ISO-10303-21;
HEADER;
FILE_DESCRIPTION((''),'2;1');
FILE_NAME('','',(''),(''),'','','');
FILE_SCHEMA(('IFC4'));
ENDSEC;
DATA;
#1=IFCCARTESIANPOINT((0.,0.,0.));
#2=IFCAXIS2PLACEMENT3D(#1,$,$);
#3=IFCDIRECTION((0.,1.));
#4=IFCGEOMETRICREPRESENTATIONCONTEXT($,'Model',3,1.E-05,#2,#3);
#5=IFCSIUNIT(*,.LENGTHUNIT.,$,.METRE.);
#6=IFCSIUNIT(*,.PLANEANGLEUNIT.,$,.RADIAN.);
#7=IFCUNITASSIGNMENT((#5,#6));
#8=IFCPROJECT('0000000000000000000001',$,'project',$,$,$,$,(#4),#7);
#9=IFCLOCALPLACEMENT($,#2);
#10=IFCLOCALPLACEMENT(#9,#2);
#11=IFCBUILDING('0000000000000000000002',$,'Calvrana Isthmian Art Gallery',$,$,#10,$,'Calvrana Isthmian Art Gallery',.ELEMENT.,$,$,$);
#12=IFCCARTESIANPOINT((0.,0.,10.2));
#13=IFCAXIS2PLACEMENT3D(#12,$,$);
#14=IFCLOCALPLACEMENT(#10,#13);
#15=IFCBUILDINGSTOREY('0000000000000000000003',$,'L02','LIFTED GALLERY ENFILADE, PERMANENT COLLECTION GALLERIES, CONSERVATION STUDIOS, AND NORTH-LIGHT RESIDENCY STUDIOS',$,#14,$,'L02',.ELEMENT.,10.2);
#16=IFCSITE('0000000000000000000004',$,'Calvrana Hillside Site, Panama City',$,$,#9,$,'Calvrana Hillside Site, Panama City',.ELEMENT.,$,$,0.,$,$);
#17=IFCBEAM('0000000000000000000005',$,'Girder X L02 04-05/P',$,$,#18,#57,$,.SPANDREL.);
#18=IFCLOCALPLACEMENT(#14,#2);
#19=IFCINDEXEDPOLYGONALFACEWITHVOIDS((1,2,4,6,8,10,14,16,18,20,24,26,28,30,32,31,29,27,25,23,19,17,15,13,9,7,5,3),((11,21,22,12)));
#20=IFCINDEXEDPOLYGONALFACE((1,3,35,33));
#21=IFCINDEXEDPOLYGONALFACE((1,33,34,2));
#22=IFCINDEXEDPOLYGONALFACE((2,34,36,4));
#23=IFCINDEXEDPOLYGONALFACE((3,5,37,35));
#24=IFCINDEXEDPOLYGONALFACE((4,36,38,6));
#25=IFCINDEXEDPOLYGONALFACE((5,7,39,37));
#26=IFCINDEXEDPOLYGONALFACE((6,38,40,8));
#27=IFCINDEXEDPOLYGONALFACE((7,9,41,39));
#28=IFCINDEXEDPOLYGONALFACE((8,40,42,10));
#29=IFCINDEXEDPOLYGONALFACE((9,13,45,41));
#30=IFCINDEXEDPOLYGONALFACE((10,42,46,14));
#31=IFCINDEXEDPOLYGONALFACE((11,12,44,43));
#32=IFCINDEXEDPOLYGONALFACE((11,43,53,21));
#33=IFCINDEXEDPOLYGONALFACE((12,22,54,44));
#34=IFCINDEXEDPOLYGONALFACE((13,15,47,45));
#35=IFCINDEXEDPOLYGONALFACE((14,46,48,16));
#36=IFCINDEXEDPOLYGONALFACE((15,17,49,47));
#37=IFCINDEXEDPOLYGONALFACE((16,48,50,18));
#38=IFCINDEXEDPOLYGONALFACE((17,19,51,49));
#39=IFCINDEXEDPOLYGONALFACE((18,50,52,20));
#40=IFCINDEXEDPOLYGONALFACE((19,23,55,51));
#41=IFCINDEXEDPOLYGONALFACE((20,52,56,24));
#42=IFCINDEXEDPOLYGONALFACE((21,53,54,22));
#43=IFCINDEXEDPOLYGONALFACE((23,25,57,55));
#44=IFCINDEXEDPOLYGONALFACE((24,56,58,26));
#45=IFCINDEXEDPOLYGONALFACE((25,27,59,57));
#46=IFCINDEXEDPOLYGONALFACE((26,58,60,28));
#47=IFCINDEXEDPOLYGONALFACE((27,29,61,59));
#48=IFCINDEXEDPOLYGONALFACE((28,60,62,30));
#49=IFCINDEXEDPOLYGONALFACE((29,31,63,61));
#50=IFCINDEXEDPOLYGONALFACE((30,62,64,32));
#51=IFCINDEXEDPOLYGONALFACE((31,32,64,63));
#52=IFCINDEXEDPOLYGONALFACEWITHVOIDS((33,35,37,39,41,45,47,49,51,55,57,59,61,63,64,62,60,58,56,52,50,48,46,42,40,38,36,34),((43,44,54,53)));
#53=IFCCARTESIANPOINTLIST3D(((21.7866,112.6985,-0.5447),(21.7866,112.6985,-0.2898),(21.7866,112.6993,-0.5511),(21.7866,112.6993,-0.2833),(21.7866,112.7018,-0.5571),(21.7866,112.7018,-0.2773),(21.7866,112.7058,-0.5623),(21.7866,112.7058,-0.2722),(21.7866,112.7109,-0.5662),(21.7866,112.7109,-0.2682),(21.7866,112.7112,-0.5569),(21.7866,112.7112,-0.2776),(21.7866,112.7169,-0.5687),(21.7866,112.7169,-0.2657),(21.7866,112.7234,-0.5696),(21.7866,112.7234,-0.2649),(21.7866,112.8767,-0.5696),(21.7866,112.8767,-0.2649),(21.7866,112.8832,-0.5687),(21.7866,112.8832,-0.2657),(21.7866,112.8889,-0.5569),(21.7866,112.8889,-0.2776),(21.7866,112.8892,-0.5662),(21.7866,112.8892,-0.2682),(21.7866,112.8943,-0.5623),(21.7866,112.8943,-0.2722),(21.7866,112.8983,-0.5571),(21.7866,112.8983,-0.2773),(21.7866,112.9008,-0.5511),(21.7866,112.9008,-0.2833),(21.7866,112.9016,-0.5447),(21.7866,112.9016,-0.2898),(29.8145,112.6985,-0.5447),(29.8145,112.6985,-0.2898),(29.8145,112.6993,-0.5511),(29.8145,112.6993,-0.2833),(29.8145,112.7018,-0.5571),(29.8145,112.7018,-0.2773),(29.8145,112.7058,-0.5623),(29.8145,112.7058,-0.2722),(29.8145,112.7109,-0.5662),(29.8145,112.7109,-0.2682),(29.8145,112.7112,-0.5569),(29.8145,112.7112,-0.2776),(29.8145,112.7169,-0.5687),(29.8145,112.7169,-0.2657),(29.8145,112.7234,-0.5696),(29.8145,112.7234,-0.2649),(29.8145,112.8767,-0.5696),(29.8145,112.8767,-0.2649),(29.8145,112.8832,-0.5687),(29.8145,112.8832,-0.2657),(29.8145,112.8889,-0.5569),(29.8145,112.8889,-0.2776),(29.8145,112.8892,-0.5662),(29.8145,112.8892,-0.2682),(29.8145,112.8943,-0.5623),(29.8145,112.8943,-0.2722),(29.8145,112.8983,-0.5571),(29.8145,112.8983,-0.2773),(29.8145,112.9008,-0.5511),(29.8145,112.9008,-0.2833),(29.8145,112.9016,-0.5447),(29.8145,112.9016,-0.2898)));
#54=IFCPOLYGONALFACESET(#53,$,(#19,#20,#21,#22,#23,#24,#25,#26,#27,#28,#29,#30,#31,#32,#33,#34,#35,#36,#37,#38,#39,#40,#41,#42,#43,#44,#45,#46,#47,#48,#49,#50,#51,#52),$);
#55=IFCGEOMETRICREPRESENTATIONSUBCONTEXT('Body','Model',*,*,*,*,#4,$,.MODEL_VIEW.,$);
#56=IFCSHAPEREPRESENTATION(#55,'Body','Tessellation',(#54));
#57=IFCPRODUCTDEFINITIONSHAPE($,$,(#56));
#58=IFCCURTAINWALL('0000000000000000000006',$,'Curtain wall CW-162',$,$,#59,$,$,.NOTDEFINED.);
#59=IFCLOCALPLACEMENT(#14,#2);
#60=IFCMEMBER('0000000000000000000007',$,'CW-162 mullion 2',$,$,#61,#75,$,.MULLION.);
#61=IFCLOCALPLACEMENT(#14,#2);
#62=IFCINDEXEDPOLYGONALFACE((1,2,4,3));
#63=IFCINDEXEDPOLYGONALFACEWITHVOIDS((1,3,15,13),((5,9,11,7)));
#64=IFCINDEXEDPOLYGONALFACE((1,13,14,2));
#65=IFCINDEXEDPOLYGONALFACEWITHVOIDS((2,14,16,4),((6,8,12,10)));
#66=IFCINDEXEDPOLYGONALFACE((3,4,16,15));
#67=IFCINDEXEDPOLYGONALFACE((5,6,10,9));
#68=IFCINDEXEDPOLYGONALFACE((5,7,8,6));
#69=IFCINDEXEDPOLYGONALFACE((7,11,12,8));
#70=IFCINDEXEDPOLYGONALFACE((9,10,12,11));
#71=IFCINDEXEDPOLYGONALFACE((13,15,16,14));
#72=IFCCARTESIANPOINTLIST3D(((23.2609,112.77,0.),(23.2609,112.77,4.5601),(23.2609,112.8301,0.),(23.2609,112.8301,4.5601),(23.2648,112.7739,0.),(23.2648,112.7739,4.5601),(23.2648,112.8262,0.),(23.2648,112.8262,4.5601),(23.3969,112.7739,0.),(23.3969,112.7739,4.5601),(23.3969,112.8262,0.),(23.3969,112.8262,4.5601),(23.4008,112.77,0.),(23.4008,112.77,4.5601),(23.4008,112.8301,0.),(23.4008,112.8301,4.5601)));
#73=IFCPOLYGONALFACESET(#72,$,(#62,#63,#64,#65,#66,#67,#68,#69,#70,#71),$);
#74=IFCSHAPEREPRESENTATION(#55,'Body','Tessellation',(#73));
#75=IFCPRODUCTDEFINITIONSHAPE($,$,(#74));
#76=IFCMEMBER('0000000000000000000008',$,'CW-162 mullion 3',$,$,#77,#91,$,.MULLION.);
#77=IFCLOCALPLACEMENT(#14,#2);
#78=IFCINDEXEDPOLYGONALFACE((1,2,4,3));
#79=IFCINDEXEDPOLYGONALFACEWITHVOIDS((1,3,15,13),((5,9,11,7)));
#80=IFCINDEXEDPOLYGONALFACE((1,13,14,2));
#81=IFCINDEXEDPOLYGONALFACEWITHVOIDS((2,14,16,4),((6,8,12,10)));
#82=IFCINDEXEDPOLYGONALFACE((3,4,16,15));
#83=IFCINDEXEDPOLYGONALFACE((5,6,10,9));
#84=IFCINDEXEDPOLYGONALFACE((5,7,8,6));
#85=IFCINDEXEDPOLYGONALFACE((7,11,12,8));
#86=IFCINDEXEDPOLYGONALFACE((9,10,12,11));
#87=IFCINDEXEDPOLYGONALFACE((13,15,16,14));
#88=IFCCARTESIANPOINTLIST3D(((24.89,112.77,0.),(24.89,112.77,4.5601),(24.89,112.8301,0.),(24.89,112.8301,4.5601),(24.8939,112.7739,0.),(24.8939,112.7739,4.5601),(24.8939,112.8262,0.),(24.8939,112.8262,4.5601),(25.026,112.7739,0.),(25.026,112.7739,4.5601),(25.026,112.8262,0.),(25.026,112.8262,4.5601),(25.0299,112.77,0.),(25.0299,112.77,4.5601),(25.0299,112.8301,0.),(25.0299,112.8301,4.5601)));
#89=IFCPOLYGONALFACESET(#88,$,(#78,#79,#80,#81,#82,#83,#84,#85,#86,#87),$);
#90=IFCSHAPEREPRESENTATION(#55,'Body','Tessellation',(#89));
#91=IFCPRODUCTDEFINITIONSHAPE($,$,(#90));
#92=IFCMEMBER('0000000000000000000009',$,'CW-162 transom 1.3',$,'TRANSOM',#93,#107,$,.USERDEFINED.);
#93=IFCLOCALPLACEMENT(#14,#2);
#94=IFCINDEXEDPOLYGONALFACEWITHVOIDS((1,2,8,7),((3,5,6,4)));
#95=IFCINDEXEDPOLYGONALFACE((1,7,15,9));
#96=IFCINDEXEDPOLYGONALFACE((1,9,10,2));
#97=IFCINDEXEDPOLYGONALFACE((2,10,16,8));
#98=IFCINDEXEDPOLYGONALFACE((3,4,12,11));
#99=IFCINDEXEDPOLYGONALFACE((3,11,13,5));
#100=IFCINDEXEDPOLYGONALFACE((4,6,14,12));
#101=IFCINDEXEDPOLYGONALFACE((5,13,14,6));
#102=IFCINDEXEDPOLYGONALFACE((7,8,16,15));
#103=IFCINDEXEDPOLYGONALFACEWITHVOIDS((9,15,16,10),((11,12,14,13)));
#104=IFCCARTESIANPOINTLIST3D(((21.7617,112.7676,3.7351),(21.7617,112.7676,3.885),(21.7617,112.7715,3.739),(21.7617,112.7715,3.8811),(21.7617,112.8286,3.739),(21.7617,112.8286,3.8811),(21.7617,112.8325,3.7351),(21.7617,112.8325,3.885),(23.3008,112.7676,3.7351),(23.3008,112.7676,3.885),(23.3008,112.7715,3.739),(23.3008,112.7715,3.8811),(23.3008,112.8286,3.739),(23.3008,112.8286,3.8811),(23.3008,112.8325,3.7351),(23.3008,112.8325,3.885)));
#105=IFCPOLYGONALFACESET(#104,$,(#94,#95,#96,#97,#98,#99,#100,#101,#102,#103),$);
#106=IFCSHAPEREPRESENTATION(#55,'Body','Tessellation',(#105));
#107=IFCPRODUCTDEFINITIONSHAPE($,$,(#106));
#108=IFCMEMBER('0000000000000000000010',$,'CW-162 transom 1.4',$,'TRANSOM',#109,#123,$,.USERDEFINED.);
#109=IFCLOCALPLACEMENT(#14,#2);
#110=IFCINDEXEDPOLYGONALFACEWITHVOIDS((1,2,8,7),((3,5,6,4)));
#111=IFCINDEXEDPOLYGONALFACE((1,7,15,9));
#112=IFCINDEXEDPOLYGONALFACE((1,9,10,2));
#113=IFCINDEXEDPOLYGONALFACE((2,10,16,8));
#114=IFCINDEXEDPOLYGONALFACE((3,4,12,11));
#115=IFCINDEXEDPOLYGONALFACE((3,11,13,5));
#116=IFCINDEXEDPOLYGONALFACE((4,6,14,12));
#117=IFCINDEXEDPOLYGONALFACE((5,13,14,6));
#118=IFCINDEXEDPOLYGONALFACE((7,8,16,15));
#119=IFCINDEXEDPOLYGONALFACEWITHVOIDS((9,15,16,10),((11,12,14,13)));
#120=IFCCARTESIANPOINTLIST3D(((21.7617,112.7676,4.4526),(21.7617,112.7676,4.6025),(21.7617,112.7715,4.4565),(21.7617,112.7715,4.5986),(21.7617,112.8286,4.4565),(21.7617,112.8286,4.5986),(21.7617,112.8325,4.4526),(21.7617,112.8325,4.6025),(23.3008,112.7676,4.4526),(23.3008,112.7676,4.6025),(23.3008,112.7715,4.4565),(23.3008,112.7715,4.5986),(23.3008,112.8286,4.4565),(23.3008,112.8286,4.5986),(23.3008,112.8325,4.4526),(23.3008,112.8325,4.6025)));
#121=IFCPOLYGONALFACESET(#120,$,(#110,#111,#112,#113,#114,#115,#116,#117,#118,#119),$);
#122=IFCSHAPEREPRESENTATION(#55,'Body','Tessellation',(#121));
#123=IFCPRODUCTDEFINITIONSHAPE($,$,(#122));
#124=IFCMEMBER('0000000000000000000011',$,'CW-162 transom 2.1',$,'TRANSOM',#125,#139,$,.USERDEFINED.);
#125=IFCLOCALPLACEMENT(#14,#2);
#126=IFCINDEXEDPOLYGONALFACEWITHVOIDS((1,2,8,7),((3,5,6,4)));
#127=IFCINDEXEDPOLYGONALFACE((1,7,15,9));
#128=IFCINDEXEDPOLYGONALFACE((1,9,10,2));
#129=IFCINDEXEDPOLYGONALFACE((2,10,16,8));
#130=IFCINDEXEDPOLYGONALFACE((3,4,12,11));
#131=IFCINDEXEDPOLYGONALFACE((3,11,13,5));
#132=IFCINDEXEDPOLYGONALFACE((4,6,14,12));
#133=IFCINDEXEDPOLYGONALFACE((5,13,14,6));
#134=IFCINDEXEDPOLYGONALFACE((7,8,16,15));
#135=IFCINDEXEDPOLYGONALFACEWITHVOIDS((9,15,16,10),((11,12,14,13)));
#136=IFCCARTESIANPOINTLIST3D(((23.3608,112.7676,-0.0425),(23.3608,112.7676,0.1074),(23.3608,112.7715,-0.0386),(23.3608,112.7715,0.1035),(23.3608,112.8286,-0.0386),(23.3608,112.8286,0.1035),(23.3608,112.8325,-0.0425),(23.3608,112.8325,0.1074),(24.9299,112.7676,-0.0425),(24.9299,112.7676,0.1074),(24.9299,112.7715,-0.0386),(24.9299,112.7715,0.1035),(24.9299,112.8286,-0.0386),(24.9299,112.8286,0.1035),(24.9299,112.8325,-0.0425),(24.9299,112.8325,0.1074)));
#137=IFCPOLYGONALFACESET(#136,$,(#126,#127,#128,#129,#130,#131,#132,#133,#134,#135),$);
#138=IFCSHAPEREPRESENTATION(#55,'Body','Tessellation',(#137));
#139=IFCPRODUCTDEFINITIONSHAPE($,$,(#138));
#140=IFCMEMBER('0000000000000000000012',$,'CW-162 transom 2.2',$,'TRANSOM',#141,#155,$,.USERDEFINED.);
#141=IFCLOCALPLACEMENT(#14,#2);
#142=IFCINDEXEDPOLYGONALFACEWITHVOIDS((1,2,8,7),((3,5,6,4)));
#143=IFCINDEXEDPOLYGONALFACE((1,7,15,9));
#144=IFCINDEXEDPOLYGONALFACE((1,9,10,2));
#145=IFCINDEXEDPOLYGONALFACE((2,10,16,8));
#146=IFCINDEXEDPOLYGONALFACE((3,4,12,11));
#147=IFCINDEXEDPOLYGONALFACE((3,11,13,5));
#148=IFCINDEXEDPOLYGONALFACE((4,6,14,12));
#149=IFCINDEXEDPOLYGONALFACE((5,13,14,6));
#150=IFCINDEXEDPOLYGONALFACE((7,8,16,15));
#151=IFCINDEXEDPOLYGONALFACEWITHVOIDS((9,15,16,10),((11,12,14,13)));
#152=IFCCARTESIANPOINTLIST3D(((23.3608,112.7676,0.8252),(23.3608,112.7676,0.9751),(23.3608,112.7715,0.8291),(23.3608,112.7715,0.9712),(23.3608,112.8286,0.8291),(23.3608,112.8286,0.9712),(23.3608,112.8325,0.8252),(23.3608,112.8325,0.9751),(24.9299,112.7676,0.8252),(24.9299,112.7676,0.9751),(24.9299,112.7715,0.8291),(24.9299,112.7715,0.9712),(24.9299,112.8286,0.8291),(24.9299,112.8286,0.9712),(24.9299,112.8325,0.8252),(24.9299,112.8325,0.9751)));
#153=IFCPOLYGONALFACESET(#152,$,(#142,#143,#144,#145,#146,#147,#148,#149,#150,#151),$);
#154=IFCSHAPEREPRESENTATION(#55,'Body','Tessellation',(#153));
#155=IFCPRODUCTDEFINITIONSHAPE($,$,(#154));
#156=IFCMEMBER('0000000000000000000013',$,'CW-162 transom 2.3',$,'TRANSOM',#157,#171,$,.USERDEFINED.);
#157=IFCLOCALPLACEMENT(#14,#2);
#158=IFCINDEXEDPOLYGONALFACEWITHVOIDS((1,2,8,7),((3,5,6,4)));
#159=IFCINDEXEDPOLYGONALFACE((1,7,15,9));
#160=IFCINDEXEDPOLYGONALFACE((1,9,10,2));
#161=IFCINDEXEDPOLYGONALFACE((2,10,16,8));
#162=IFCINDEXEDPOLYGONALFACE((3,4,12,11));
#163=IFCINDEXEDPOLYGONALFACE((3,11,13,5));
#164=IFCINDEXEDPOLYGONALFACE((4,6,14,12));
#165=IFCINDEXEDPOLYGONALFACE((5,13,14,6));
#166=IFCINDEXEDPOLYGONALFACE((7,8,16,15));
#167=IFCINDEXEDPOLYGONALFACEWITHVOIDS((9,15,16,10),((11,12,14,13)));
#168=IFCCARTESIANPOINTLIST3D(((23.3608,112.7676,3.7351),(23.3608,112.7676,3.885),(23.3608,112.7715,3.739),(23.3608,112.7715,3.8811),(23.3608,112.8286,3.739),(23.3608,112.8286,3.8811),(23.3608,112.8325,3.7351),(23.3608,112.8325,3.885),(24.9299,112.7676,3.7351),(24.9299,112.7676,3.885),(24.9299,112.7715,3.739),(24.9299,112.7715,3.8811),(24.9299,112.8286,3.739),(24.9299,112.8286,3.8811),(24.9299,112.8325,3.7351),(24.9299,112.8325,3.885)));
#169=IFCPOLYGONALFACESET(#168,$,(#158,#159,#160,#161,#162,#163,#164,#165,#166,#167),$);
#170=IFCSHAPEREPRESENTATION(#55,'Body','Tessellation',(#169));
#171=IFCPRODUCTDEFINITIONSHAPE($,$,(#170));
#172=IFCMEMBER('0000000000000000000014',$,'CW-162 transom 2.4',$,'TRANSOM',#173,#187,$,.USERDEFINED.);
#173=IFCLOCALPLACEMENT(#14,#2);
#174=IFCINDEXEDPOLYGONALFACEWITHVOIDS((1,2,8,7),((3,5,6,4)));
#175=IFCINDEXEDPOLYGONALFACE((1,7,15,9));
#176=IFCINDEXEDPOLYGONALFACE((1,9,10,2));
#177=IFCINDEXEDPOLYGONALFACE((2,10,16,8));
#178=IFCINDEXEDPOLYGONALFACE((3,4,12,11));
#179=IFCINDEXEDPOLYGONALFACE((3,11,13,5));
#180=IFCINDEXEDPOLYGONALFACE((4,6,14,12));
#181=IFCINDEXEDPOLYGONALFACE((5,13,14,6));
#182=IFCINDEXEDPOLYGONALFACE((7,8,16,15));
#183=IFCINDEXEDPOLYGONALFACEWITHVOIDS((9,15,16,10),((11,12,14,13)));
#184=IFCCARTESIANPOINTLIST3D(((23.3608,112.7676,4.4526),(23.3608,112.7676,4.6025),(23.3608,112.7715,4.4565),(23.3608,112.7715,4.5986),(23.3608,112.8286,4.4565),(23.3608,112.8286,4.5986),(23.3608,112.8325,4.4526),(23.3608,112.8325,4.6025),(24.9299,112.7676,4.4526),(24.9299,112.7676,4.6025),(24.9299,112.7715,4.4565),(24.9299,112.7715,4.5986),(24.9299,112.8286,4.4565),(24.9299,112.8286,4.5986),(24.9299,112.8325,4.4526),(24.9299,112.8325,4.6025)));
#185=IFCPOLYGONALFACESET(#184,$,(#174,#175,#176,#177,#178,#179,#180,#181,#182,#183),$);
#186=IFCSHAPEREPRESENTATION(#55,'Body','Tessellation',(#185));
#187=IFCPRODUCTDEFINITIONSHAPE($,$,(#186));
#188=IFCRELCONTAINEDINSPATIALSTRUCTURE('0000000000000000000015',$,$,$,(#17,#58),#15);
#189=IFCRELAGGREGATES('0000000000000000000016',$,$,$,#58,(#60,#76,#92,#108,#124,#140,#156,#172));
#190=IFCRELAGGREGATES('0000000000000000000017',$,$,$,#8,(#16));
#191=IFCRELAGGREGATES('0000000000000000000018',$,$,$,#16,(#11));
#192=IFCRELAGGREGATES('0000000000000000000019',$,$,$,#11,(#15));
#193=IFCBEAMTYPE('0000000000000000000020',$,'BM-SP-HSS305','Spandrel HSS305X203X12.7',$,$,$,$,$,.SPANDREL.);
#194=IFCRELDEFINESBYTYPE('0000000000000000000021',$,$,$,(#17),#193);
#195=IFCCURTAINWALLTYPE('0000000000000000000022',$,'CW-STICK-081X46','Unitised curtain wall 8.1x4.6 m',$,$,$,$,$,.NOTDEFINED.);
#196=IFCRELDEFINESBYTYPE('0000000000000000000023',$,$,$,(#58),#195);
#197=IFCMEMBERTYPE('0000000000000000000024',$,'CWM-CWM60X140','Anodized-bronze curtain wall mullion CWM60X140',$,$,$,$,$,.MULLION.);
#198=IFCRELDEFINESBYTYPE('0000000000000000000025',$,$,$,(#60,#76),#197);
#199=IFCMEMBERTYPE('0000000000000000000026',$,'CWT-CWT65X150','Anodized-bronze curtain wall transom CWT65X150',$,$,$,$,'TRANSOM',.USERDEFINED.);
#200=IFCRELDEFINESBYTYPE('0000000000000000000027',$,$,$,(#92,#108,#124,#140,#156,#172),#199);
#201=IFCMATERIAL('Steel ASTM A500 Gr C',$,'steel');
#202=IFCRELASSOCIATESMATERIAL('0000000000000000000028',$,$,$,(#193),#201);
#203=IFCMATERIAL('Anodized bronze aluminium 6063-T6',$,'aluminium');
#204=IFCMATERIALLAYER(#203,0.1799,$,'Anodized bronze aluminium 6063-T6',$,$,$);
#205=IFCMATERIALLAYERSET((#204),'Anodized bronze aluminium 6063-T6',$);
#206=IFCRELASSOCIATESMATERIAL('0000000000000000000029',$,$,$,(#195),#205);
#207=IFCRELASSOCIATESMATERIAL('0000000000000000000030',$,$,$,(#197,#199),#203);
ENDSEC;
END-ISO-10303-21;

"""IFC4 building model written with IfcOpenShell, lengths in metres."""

from ifc_helpers import new_model, si_unit, direction, frame, origin, origin_2d, place, context, subcontext, project, spatial, hollow_rectangle, extrude, material, layer, layer_set, material_profile, profile_set, type_object, element, aggregate, save


model = new_model("IFC4")

# Units and contexts
model_context = context("Model", 3, precision=1e-05, world=origin(), true_north=direction((0.0, 1.0)))
body_context = subcontext(model_context, "Body", "Model", "MODEL_VIEW")
ifc_project = project(units=[si_unit("LENGTHUNIT", "METRE"), si_unit("PLANEANGLEUNIT", "RADIAN")], contexts=[model_context])

# Site, building, storey
site_placement = place(None, origin())
site = spatial("IfcSite", under=ifc_project, at=site_placement, Name="Calvrana Hillside Site, Panama City", LongName="Calvrana Hillside Site, Panama City", CompositionType="ELEMENT", RefElevation=0.0)
building_placement = place(site_placement, origin())
building = spatial("IfcBuilding", under=site, at=building_placement, Name="Calvrana Isthmian Art Gallery", LongName="Calvrana Isthmian Art Gallery", CompositionType="ELEMENT")
storey_placement = place(building_placement, frame((0.0, 0.0, 10.2)))
storey = spatial("IfcBuildingStorey", under=building, at=storey_placement, Name="L02", Description="LIFTED GALLERY ENFILADE, PERMANENT COLLECTION GALLERIES, CONSERVATION STUDIOS, AND NORTH-LIGHT RESIDENCY STUDIOS", LongName="L02", CompositionType="ELEMENT", Elevation=10.2)

# Beam
ifc_material_1 = material(Name="Steel ASTM A500 Gr C", Category="steel")
ifc_material_profile_1 = material_profile(ifc_material_1, hollow_rectangle(XDim=0.2031, YDim=0.3047, WallThickness=0.0127, OuterFilletRadius=0.0249, at=origin_2d()), Name="HSS305X203X12.7")
ifc_profile_set_1 = profile_set([ifc_material_profile_1], Name="Steel ASTM A500 Gr C")
beam_type = type_object("IfcBeamType", Name="BM-SP-HSS305", Description="Spandrel HSS305X203X12.7", PredefinedType="SPANDREL", material=ifc_profile_set_1)
beam_placement = place(storey_placement, frame((21.7866, 112.8, -0.4172), z_axis=(1.0, 0.0, 0.0), x_axis=(0.0, 1.0, 0.0)))
element("IfcBeam", 1, at=beam_placement, inside=storey, type_object=beam_type, Name="Girder X L02 04-05/P", PredefinedType="SPANDREL", context=body_context, shape_type="SweptSolid", body=[
    extrude(hollow_rectangle(XDim=0.2031, YDim=0.3047, WallThickness=0.0127, OuterFilletRadius=0.0249, at=origin_2d()), origin(), (0.0, 0.0, 1.0), 8.0278),
])

# Curtain wall, members
ifc_material_2 = material(Name="Anodized bronze aluminium 6063-T6", Category="aluminium")
ifc_layer_1 = layer(ifc_material_2, 0.1799, Name="Anodized bronze aluminium 6063-T6")
ifc_layer_set_1 = layer_set([ifc_layer_1], Name="Anodized bronze aluminium 6063-T6")
curtain_wall_type = type_object("IfcCurtainWallType", Name="CW-STICK-081X46", Description="Unitised curtain wall 8.1x4.6 m", PredefinedType="NOTDEFINED", material=ifc_layer_set_1)
curtain_wall_placement = place(storey_placement, origin())
curtain_wall = element("IfcCurtainWall", 2, at=curtain_wall_placement, inside=storey, type_object=curtain_wall_type, Name="Curtain wall CW-162", PredefinedType="NOTDEFINED")
ifc_material_profile_2 = material_profile(ifc_material_2, hollow_rectangle(XDim=0.0601, YDim=0.1399, WallThickness=0.0039, at=origin_2d()), Name="CWM60X140")
ifc_profile_set_2 = profile_set([ifc_material_profile_2], Name="Anodized bronze aluminium 6063-T6")
member_type_1 = type_object("IfcMemberType", Name="CWM-CWM60X140", Description="Anodized-bronze curtain wall mullion CWM60X140", PredefinedType="MULLION", material=ifc_profile_set_2)
member_1_placement = place(storey_placement, frame((23.3308, 112.8, 0.0), z_axis=(0.0, 0.0, 1.0), x_axis=(0.0, 1.0, 0.0)))
member_1 = element("IfcMember", 3, at=member_1_placement, type_object=member_type_1, Name="CW-162 mullion 2", PredefinedType="MULLION", context=body_context, shape_type="SweptSolid", body=[
    extrude(hollow_rectangle(XDim=0.0601, YDim=0.1399, WallThickness=0.0039, at=origin_2d()), origin(), (0.0, 0.0, 1.0), 4.5601),
])
member_2_placement = place(storey_placement, frame((24.96, 112.8, 0.0), z_axis=(0.0, 0.0, 1.0), x_axis=(0.0, 1.0, 0.0)))
member_2 = element("IfcMember", 4, at=member_2_placement, type_object=member_type_1, Name="CW-162 mullion 3", PredefinedType="MULLION", context=body_context, shape_type="SweptSolid", body=[
    extrude(hollow_rectangle(XDim=0.0601, YDim=0.1399, WallThickness=0.0039, at=origin_2d()), origin(), (0.0, 0.0, 1.0), 4.5601),
])
ifc_material_profile_3 = material_profile(ifc_material_2, hollow_rectangle(XDim=0.0649, YDim=0.1499, WallThickness=0.0039, at=origin_2d()), Name="CWT65X150")
ifc_profile_set_3 = profile_set([ifc_material_profile_3], Name="Anodized bronze aluminium 6063-T6")
member_type_2 = type_object("IfcMemberType", Name="CWT-CWT65X150", Description="Anodized-bronze curtain wall transom CWT65X150", ElementType="TRANSOM", PredefinedType="USERDEFINED", material=ifc_profile_set_3)
member_3_placement = place(storey_placement, frame((21.7617, 112.8, 3.8101), z_axis=(1.0, 0.0, 0.0), x_axis=(0.0, 1.0, 0.0)))
member_3 = element("IfcMember", 5, at=member_3_placement, type_object=member_type_2, Name="CW-162 transom 1.3", ObjectType="TRANSOM", PredefinedType="USERDEFINED", context=body_context, shape_type="SweptSolid", body=[
    extrude(hollow_rectangle(XDim=0.0649, YDim=0.1499, WallThickness=0.0039, at=origin_2d()), origin(), (0.0, 0.0, 1.0), 1.5391),
])
member_4_placement = place(storey_placement, frame((21.7617, 112.8, 4.5276), z_axis=(1.0, 0.0, 0.0), x_axis=(0.0, 1.0, 0.0)))
member_4 = element("IfcMember", 6, at=member_4_placement, type_object=member_type_2, Name="CW-162 transom 1.4", ObjectType="TRANSOM", PredefinedType="USERDEFINED", context=body_context, shape_type="SweptSolid", body=[
    extrude(hollow_rectangle(XDim=0.0649, YDim=0.1499, WallThickness=0.0039, at=origin_2d()), origin(), (0.0, 0.0, 1.0), 1.5391),
])
member_5_placement = place(storey_placement, frame((23.3608, 112.8, 0.0325), z_axis=(1.0, 0.0, 0.0), x_axis=(0.0, 1.0, 0.0)))
member_5 = element("IfcMember", 7, at=member_5_placement, type_object=member_type_2, Name="CW-162 transom 2.1", ObjectType="TRANSOM", PredefinedType="USERDEFINED", context=body_context, shape_type="SweptSolid", body=[
    extrude(hollow_rectangle(XDim=0.0649, YDim=0.1499, WallThickness=0.0039, at=origin_2d()), origin(), (0.0, 0.0, 1.0), 1.5691),
])
member_6_placement = place(storey_placement, frame((23.3608, 112.8, 0.9001), z_axis=(1.0, 0.0, 0.0), x_axis=(0.0, 1.0, 0.0)))
member_6 = element("IfcMember", 8, at=member_6_placement, type_object=member_type_2, Name="CW-162 transom 2.2", ObjectType="TRANSOM", PredefinedType="USERDEFINED", context=body_context, shape_type="SweptSolid", body=[
    extrude(hollow_rectangle(XDim=0.0649, YDim=0.1499, WallThickness=0.0039, at=origin_2d()), origin(), (0.0, 0.0, 1.0), 1.5691),
])
member_7_placement = place(storey_placement, frame((23.3608, 112.8, 3.8101), z_axis=(1.0, 0.0, 0.0), x_axis=(0.0, 1.0, 0.0)))
member_7 = element("IfcMember", 9, at=member_7_placement, type_object=member_type_2, Name="CW-162 transom 2.3", ObjectType="TRANSOM", PredefinedType="USERDEFINED", context=body_context, shape_type="SweptSolid", body=[
    extrude(hollow_rectangle(XDim=0.0649, YDim=0.1499, WallThickness=0.0039, at=origin_2d()), origin(), (0.0, 0.0, 1.0), 1.5691),
])
member_8_placement = place(storey_placement, frame((23.3608, 112.8, 4.5276), z_axis=(1.0, 0.0, 0.0), x_axis=(0.0, 1.0, 0.0)))
member_8 = element("IfcMember", 10, at=member_8_placement, type_object=member_type_2, Name="CW-162 transom 2.4", ObjectType="TRANSOM", PredefinedType="USERDEFINED", context=body_context, shape_type="SweptSolid", body=[
    extrude(hollow_rectangle(XDim=0.0649, YDim=0.1499, WallThickness=0.0039, at=origin_2d()), origin(), (0.0, 0.0, 1.0), 1.5691),
])
aggregate(curtain_wall, [member_1, member_2, member_3, member_4, member_5, member_6, member_7, member_8])

save(model, "model.ifc")
